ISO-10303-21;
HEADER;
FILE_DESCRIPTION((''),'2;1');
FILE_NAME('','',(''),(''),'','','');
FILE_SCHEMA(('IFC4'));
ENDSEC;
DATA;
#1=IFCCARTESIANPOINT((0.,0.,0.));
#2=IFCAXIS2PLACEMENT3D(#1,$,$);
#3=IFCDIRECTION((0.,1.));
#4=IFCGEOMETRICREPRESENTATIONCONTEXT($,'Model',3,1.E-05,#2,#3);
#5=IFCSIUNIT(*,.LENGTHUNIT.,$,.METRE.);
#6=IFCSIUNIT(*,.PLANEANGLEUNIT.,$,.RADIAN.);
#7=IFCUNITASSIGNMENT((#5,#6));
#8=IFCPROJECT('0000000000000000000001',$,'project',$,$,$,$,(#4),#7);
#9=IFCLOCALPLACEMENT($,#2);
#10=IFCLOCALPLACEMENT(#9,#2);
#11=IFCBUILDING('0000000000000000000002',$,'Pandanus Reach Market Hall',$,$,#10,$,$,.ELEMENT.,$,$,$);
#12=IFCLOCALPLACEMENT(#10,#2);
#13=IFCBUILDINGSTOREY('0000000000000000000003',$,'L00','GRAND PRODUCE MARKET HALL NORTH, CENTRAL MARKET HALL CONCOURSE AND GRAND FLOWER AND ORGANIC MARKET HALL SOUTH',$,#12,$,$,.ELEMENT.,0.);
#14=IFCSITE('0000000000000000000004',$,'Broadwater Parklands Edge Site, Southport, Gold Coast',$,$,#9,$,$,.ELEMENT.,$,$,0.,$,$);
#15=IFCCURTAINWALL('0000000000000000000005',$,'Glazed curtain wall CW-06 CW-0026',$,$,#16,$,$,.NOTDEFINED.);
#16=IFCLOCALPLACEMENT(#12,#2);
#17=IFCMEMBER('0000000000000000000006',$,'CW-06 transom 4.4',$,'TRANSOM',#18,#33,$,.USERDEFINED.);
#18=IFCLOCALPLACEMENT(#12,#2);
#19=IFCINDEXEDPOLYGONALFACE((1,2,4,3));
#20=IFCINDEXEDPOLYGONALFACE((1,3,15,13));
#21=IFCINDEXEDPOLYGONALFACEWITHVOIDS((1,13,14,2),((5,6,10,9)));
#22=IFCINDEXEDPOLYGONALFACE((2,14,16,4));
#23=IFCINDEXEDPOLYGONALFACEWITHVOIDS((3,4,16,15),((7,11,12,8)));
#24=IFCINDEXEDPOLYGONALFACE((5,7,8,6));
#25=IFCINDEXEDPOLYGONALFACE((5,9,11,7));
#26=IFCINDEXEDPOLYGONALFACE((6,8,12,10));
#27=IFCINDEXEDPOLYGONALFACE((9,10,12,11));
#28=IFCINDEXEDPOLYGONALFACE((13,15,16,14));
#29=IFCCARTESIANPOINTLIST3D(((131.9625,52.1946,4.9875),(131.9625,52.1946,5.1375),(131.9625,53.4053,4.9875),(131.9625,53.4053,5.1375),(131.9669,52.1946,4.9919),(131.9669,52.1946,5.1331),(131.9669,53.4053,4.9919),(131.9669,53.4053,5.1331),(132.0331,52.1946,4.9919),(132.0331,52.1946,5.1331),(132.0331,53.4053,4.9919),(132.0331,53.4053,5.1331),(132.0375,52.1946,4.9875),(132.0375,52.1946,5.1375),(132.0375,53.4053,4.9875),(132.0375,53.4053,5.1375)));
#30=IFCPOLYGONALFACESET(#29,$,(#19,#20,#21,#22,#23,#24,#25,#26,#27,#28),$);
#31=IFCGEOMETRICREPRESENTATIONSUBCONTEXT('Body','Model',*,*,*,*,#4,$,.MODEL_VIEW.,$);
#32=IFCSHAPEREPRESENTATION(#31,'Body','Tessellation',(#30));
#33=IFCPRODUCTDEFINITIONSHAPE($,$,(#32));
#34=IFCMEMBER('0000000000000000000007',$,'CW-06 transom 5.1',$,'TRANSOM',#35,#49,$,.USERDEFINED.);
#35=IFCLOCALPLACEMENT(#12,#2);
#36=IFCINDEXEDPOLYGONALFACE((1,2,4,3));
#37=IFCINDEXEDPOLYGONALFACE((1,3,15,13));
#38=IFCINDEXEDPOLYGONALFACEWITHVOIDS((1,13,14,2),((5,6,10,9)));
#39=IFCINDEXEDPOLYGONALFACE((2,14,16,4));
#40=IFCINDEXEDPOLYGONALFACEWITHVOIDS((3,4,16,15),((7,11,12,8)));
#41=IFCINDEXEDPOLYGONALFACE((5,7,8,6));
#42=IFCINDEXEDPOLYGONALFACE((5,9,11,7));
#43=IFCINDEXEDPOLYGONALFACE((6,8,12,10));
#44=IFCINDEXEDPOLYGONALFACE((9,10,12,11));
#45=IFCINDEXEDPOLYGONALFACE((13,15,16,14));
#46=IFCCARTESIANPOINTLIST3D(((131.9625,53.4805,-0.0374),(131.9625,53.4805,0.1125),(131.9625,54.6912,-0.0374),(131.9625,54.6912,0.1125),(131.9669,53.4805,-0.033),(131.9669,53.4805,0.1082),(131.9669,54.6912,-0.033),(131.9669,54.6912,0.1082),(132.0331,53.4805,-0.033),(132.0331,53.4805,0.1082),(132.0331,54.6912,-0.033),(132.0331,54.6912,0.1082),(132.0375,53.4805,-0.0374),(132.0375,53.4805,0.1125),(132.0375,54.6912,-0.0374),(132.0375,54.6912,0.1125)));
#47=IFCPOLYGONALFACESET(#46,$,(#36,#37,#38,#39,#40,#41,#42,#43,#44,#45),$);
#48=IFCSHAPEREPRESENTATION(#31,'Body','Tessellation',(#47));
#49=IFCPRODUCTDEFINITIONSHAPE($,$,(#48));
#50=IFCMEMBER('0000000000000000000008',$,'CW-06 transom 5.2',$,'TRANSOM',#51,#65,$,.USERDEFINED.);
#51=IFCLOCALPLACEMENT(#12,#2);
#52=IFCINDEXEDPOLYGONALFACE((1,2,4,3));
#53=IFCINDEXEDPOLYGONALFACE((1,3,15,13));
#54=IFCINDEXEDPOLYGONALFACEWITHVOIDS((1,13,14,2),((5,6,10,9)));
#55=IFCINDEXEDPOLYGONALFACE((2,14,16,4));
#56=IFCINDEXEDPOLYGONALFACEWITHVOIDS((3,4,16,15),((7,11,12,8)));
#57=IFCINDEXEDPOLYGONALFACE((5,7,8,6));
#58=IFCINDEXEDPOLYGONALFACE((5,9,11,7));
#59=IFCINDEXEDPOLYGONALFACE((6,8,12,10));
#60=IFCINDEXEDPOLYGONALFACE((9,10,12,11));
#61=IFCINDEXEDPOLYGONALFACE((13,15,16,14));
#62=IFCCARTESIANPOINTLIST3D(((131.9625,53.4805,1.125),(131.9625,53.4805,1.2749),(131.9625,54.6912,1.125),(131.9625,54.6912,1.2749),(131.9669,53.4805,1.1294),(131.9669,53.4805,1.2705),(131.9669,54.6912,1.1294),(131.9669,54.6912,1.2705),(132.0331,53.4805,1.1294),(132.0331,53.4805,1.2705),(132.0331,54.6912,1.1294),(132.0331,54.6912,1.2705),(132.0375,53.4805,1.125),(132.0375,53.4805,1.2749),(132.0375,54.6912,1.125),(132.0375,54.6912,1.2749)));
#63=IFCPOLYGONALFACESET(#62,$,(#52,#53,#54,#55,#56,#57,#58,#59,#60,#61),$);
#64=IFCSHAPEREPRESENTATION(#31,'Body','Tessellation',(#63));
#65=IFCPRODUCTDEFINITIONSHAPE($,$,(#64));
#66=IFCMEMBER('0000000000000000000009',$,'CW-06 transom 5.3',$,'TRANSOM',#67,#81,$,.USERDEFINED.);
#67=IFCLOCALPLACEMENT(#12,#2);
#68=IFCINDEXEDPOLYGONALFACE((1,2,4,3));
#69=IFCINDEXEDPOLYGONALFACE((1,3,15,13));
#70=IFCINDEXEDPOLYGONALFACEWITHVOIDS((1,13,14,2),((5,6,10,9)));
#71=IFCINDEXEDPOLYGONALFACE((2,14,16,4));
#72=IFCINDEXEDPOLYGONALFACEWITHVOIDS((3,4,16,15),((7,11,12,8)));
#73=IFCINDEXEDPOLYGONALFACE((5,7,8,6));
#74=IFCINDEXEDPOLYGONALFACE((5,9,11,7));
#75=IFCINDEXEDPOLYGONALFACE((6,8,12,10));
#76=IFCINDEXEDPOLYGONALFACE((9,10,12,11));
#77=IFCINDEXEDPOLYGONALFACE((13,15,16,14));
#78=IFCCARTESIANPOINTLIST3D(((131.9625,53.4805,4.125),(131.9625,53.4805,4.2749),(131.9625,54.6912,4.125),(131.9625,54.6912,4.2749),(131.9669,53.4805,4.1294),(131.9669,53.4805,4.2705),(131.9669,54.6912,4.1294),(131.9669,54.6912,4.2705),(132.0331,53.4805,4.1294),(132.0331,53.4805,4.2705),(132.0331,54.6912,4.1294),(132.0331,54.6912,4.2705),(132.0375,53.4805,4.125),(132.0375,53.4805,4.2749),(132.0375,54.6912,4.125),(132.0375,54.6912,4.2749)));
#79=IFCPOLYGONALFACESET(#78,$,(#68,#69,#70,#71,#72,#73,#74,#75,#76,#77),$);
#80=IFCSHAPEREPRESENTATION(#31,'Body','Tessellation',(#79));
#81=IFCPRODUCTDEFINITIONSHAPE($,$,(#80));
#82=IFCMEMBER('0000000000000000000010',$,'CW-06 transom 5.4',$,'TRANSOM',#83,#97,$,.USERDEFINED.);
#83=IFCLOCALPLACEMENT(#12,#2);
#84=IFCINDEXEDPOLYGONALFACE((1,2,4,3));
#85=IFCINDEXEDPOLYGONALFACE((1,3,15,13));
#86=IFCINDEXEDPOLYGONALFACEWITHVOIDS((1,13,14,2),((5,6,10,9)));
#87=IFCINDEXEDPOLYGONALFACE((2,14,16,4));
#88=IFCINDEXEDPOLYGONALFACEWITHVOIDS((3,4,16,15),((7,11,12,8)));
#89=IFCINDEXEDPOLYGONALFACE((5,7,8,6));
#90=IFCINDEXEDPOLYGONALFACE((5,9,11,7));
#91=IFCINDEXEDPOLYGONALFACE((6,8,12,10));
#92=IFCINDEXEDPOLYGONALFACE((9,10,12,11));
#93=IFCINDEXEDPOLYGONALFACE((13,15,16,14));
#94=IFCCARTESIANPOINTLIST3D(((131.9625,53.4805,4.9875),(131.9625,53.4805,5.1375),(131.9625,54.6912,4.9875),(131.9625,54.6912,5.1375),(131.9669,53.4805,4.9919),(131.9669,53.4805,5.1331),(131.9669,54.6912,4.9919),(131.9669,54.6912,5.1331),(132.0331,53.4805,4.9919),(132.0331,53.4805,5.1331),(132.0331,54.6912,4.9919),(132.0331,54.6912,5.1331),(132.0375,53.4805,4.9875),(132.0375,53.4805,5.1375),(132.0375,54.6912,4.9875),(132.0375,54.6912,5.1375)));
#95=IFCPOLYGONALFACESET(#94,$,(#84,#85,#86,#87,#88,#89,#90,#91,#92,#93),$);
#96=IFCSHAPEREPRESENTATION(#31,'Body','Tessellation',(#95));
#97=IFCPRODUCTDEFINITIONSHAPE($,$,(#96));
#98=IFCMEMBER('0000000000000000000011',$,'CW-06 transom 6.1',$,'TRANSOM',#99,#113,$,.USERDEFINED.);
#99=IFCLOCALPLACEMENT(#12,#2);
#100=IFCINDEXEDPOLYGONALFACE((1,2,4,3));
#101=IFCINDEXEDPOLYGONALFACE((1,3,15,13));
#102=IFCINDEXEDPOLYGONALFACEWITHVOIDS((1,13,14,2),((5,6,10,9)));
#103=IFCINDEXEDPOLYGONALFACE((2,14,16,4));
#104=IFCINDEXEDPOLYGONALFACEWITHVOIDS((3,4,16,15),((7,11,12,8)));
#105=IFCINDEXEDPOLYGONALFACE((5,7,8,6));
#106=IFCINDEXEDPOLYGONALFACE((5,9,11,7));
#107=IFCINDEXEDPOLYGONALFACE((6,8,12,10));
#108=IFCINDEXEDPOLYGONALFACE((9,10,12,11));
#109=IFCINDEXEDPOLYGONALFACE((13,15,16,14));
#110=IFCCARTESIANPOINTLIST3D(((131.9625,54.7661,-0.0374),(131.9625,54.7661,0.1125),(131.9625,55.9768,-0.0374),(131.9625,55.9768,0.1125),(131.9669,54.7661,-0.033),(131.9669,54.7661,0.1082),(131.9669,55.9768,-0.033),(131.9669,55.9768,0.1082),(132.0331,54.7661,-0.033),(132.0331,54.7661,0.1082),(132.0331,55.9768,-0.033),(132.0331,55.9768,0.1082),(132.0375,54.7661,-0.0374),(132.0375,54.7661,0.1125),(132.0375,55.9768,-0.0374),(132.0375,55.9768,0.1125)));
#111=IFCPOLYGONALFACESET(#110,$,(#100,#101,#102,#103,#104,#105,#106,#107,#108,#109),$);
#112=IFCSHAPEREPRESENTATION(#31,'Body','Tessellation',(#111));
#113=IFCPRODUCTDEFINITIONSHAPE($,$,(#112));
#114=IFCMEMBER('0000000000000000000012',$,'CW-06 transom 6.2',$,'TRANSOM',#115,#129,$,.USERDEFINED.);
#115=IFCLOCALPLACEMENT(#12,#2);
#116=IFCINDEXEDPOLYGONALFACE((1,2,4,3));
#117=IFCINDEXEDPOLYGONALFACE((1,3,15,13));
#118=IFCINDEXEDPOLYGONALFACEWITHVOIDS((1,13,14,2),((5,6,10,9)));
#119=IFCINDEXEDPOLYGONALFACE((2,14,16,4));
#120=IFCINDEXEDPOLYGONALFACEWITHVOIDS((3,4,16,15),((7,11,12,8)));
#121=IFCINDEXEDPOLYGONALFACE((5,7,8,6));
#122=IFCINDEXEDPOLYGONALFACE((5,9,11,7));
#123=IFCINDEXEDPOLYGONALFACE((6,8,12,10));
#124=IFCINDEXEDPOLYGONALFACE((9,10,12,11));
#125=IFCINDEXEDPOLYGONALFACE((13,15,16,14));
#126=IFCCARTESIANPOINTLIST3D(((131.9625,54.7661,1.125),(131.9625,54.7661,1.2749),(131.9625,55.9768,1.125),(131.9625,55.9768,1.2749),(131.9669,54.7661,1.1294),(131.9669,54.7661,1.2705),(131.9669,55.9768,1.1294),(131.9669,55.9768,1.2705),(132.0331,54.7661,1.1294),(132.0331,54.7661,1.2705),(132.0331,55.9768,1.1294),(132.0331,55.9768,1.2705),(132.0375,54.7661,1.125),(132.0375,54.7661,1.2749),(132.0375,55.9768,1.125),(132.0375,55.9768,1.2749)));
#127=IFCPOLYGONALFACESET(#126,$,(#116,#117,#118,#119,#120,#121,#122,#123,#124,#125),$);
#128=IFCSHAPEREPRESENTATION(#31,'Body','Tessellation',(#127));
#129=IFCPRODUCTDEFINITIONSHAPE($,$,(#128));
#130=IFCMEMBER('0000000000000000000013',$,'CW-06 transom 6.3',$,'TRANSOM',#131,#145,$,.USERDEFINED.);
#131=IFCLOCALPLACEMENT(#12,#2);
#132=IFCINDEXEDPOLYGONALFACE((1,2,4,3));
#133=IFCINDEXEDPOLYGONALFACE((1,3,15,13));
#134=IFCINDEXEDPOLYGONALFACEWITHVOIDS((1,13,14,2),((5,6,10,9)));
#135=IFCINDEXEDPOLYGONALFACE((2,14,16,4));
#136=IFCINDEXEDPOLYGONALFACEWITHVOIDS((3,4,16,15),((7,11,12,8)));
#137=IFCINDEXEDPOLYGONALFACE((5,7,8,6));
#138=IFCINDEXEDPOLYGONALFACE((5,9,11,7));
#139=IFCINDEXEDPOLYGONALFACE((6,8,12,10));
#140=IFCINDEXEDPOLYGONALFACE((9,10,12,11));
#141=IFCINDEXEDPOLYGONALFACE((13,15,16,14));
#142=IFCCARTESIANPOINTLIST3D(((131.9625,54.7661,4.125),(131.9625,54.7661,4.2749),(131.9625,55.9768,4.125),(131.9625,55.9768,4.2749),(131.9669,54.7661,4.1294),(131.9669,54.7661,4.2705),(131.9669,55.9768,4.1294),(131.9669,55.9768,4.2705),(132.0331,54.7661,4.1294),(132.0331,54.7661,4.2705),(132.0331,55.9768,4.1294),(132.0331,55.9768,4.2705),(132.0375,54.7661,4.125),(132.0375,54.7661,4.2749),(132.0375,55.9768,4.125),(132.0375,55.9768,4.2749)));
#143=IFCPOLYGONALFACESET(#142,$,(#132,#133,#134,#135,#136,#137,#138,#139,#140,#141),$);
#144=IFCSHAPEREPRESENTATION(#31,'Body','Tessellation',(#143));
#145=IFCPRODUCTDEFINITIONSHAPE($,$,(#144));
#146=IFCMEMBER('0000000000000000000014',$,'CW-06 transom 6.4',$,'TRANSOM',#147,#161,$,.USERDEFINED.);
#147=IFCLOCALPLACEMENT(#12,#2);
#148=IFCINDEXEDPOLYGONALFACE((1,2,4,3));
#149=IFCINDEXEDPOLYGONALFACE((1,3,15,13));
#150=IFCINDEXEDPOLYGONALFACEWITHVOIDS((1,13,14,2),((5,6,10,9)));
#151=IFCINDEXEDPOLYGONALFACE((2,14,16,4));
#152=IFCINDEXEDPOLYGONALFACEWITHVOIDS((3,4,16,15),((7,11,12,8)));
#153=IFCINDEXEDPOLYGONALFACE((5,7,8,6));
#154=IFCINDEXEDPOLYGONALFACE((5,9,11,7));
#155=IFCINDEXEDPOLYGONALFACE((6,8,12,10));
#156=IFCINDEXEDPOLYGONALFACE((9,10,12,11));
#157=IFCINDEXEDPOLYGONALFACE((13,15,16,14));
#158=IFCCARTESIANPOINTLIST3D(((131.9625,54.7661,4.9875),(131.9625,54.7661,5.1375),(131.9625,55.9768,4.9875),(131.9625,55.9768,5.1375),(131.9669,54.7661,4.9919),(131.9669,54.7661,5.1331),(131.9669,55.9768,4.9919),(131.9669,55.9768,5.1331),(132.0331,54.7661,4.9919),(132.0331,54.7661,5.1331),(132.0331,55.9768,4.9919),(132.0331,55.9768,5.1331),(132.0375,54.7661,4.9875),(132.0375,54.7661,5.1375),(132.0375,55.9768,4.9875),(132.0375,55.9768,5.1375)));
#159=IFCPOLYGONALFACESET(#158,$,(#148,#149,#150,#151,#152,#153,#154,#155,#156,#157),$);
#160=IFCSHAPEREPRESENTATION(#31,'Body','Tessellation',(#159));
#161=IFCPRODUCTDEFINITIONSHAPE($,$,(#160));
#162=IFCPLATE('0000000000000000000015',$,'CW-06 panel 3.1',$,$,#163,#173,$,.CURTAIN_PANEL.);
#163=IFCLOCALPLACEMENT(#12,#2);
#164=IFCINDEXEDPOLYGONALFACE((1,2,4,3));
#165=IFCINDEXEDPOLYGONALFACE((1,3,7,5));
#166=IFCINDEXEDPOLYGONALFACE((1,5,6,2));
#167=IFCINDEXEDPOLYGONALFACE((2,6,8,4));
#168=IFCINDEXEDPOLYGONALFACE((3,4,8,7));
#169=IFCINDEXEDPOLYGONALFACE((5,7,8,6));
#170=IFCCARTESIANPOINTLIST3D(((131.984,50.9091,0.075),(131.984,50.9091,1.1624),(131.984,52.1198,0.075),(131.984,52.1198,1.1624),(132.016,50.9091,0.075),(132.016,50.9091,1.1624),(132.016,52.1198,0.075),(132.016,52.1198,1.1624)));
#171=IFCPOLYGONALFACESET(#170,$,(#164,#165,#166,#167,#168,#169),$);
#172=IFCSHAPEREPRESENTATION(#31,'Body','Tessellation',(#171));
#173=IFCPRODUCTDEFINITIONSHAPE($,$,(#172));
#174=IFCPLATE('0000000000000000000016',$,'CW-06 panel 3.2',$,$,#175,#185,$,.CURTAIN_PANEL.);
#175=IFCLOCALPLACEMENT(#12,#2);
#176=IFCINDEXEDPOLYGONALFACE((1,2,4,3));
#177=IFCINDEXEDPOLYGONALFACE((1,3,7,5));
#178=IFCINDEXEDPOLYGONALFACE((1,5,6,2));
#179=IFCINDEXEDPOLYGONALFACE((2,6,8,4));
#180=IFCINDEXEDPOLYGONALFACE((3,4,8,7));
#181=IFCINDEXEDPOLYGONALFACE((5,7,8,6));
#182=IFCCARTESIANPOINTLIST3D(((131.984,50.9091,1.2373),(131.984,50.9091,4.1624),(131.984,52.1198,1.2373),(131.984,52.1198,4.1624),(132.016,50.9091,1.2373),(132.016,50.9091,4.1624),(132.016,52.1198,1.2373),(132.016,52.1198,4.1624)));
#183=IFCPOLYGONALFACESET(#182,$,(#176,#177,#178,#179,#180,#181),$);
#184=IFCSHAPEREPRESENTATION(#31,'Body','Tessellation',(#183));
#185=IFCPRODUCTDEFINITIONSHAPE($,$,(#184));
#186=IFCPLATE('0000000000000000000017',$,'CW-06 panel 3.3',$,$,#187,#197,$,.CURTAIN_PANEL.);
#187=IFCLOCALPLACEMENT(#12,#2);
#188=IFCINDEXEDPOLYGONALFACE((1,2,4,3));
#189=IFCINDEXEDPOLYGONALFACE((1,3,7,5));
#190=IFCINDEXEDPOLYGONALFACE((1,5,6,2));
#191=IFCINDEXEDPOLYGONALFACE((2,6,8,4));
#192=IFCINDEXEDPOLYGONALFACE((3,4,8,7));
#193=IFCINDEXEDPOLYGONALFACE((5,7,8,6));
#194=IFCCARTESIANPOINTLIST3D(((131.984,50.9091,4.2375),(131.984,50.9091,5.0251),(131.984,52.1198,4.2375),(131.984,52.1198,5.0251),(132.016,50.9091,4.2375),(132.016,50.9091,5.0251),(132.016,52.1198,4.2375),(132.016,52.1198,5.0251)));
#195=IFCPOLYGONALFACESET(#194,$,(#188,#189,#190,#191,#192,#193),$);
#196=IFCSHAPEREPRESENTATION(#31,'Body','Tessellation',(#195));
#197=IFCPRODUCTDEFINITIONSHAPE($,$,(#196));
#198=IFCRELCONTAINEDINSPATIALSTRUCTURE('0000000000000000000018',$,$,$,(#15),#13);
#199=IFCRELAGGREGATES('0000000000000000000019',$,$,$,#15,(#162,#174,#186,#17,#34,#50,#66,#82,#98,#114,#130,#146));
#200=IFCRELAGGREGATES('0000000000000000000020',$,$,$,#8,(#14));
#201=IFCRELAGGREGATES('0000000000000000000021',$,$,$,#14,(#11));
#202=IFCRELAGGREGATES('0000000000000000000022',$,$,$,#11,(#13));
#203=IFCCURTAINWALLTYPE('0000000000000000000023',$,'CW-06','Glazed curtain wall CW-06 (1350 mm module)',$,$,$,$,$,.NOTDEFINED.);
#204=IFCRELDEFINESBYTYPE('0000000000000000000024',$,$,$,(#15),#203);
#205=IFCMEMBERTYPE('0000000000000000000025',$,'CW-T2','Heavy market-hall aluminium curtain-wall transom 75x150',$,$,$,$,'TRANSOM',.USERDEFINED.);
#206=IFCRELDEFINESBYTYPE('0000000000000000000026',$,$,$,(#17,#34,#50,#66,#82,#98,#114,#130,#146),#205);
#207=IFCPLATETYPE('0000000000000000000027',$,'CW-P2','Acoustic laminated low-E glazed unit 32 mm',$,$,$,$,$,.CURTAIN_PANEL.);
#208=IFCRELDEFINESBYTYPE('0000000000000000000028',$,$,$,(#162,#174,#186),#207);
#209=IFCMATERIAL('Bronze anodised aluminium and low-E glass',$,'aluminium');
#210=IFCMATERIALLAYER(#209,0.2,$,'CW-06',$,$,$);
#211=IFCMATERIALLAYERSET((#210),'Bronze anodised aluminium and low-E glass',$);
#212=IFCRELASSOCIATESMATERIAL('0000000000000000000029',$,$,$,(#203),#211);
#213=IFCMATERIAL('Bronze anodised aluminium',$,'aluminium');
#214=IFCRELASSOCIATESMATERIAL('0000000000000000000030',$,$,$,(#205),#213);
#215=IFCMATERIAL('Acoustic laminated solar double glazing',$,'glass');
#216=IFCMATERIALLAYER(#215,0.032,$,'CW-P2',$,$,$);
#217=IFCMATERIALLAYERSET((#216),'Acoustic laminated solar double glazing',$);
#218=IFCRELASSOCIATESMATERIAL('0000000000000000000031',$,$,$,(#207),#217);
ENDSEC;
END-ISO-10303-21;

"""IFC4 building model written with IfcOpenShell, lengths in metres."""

from ifc_helpers import new_model, si_unit, direction, frame, origin, origin_2d, place, context, subcontext, project, spatial, rectangle, hollow_rectangle, extrude, material, layer, layer_set, material_profile, profile_set, type_object, element, aggregate, save


model = new_model("IFC4")

# Units and contexts
model_context = context("Model", 3, precision=1e-05, world=origin(), true_north=direction((0.0, 1.0)))
body_context = subcontext(model_context, "Body", "Model", "MODEL_VIEW")
ifc_project = project(units=[si_unit("LENGTHUNIT", "METRE"), si_unit("PLANEANGLEUNIT", "RADIAN")], contexts=[model_context])

# Site, building, storey
site_placement = place(None, origin())
site = spatial("IfcSite", under=ifc_project, at=site_placement, Name="Broadwater Parklands Edge Site, Southport, Gold Coast", CompositionType="ELEMENT", RefElevation=0.0)
building_placement = place(site_placement, origin())
building = spatial("IfcBuilding", under=site, at=building_placement, Name="Pandanus Reach Market Hall", CompositionType="ELEMENT")
storey_placement = place(building_placement, origin())
storey = spatial("IfcBuildingStorey", under=building, at=storey_placement, Name="L00", Description="GRAND PRODUCE MARKET HALL NORTH, CENTRAL MARKET HALL CONCOURSE AND GRAND FLOWER AND ORGANIC MARKET HALL SOUTH", CompositionType="ELEMENT", Elevation=0.0)

# Curtain wall, members, plates
ifc_material_1 = material(Name="Bronze anodised aluminium and low-E glass", Category="aluminium")
ifc_layer_1 = layer(ifc_material_1, 0.2, Name="CW-06")
ifc_layer_set_1 = layer_set([ifc_layer_1], Name="Bronze anodised aluminium and low-E glass")
curtain_wall_type = type_object("IfcCurtainWallType", Name="CW-06", Description="Glazed curtain wall CW-06 (1350 mm module)", PredefinedType="NOTDEFINED", material=ifc_layer_set_1)
curtain_wall_placement = place(storey_placement, origin())
curtain_wall = element("IfcCurtainWall", 1, at=curtain_wall_placement, inside=storey, type_object=curtain_wall_type, Name="Glazed curtain wall CW-06 CW-0026", PredefinedType="NOTDEFINED")
ifc_material_2 = material(Name="Bronze anodised aluminium", Category="aluminium")
ifc_material_profile_1 = material_profile(ifc_material_2, hollow_rectangle(XDim=0.075, YDim=0.1499, WallThickness=0.0044, at=origin_2d()), Name="ALU75x150", Category="LoadBearing")
ifc_profile_set_1 = profile_set([ifc_material_profile_1], Name="Bronze anodised aluminium")
member_type_1 = type_object("IfcMemberType", Name="CW-T2", Description="Heavy market-hall aluminium curtain-wall transom 75x150", ElementType="TRANSOM", PredefinedType="USERDEFINED", material=ifc_profile_set_1)
member_1_placement = place(storey_placement, frame((132.0, 52.1946, 5.0625), z_axis=(0.0, 1.0, 0.0), x_axis=(-1.0, 0.0, 0.0)))
member_1 = element("IfcMember", 2, at=member_1_placement, type_object=member_type_1, Name="CW-06 transom 4.4", ObjectType="TRANSOM", PredefinedType="USERDEFINED", context=body_context, shape_type="SweptSolid", body=[
    extrude(hollow_rectangle(XDim=0.075, YDim=0.1499, WallThickness=0.0044, at=origin_2d()), origin(), (0.0, 0.0, 1.0), 1.2107),
])
member_2_placement = place(storey_placement, frame((132.0, 53.4805, 0.0376), z_axis=(0.0, 1.0, 0.0), x_axis=(-1.0, 0.0, 0.0)))
member_2 = element("IfcMember", 3, at=member_2_placement, type_object=member_type_1, Name="CW-06 transom 5.1", ObjectType="TRANSOM", PredefinedType="USERDEFINED", context=body_context, shape_type="SweptSolid", body=[
    extrude(hollow_rectangle(XDim=0.075, YDim=0.1499, WallThickness=0.0044, at=origin_2d()), origin(), (0.0, 0.0, 1.0), 1.2107),
])
member_3_placement = place(storey_placement, frame((132.0, 53.4805, 1.2), z_axis=(0.0, 1.0, 0.0), x_axis=(-1.0, 0.0, 0.0)))
member_3 = element("IfcMember", 4, at=member_3_placement, type_object=member_type_1, Name="CW-06 transom 5.2", ObjectType="TRANSOM", PredefinedType="USERDEFINED", context=body_context, shape_type="SweptSolid", body=[
    extrude(hollow_rectangle(XDim=0.075, YDim=0.1499, WallThickness=0.0044, at=origin_2d()), origin(), (0.0, 0.0, 1.0), 1.2107),
])
member_4_placement = place(storey_placement, frame((132.0, 53.4805, 4.2), z_axis=(0.0, 1.0, 0.0), x_axis=(-1.0, 0.0, 0.0)))
member_4 = element("IfcMember", 5, at=member_4_placement, type_object=member_type_1, Name="CW-06 transom 5.3", ObjectType="TRANSOM", PredefinedType="USERDEFINED", context=body_context, shape_type="SweptSolid", body=[
    extrude(hollow_rectangle(XDim=0.075, YDim=0.1499, WallThickness=0.0044, at=origin_2d()), origin(), (0.0, 0.0, 1.0), 1.2107),
])
member_5_placement = place(storey_placement, frame((132.0, 53.4805, 5.0625), z_axis=(0.0, 1.0, 0.0), x_axis=(-1.0, 0.0, 0.0)))
member_5 = element("IfcMember", 6, at=member_5_placement, type_object=member_type_1, Name="CW-06 transom 5.4", ObjectType="TRANSOM", PredefinedType="USERDEFINED", context=body_context, shape_type="SweptSolid", body=[
    extrude(hollow_rectangle(XDim=0.075, YDim=0.1499, WallThickness=0.0044, at=origin_2d()), origin(), (0.0, 0.0, 1.0), 1.2107),
])
member_6_placement = place(storey_placement, frame((132.0, 54.7661, 0.0376), z_axis=(0.0, 1.0, 0.0), x_axis=(-1.0, 0.0, 0.0)))
member_6 = element("IfcMember", 7, at=member_6_placement, type_object=member_type_1, Name="CW-06 transom 6.1", ObjectType="TRANSOM", PredefinedType="USERDEFINED", context=body_context, shape_type="SweptSolid", body=[
    extrude(hollow_rectangle(XDim=0.075, YDim=0.1499, WallThickness=0.0044, at=origin_2d()), origin(), (0.0, 0.0, 1.0), 1.2107),
])
member_7_placement = place(storey_placement, frame((132.0, 54.7661, 1.2), z_axis=(0.0, 1.0, 0.0), x_axis=(-1.0, 0.0, 0.0)))
member_7 = element("IfcMember", 8, at=member_7_placement, type_object=member_type_1, Name="CW-06 transom 6.2", ObjectType="TRANSOM", PredefinedType="USERDEFINED", context=body_context, shape_type="SweptSolid", body=[
    extrude(hollow_rectangle(XDim=0.075, YDim=0.1499, WallThickness=0.0044, at=origin_2d()), origin(), (0.0, 0.0, 1.0), 1.2107),
])
member_8_placement = place(storey_placement, frame((132.0, 54.7661, 4.2), z_axis=(0.0, 1.0, 0.0), x_axis=(-1.0, 0.0, 0.0)))
member_8 = element("IfcMember", 9, at=member_8_placement, type_object=member_type_1, Name="CW-06 transom 6.3", ObjectType="TRANSOM", PredefinedType="USERDEFINED", context=body_context, shape_type="SweptSolid", body=[
    extrude(hollow_rectangle(XDim=0.075, YDim=0.1499, WallThickness=0.0044, at=origin_2d()), origin(), (0.0, 0.0, 1.0), 1.2107),
])
member_9_placement = place(storey_placement, frame((132.0, 54.7661, 5.0625), z_axis=(0.0, 1.0, 0.0), x_axis=(-1.0, 0.0, 0.0)))
member_9 = element("IfcMember", 10, at=member_9_placement, type_object=member_type_1, Name="CW-06 transom 6.4", ObjectType="TRANSOM", PredefinedType="USERDEFINED", context=body_context, shape_type="SweptSolid", body=[
    extrude(hollow_rectangle(XDim=0.075, YDim=0.1499, WallThickness=0.0044, at=origin_2d()), origin(), (0.0, 0.0, 1.0), 1.2107),
])
ifc_material_3 = material(Name="Acoustic laminated solar double glazing", Category="glass")
ifc_layer_2 = layer(ifc_material_3, 0.032, Name="CW-P2")
ifc_layer_set_2 = layer_set([ifc_layer_2], Name="Acoustic laminated solar double glazing")
plate_type = type_object("IfcPlateType", Name="CW-P2", Description="Acoustic laminated low-E glazed unit 32 mm", PredefinedType="CURTAIN_PANEL", material=ifc_layer_set_2)
plate_1_placement = place(storey_placement, frame((132.0, 51.5144, 0.075), z_axis=(0.0, 0.0, 1.0), x_axis=(0.0, 1.0, 0.0)))
plate_1 = element("IfcPlate", 11, at=plate_1_placement, type_object=plate_type, Name="CW-06 panel 3.1", PredefinedType="CURTAIN_PANEL", context=body_context, shape_type="SweptSolid", body=[
    extrude(rectangle(XDim=1.2107, YDim=0.032, at=origin_2d()), origin(), (0.0, 0.0, 1.0), 1.0874),
])
plate_2_placement = place(storey_placement, frame((132.0, 51.5144, 1.2373), z_axis=(0.0, 0.0, 1.0), x_axis=(0.0, 1.0, 0.0)))
plate_2 = element("IfcPlate", 12, at=plate_2_placement, type_object=plate_type, Name="CW-06 panel 3.2", PredefinedType="CURTAIN_PANEL", context=body_context, shape_type="SweptSolid", body=[
    extrude(rectangle(XDim=1.2107, YDim=0.032, at=origin_2d()), origin(), (0.0, 0.0, 1.0), 2.925),
])
plate_3_placement = place(storey_placement, frame((132.0, 51.5144, 4.2375), z_axis=(0.0, 0.0, 1.0), x_axis=(0.0, 1.0, 0.0)))
plate_3 = element("IfcPlate", 13, at=plate_3_placement, type_object=plate_type, Name="CW-06 panel 3.3", PredefinedType="CURTAIN_PANEL", context=body_context, shape_type="SweptSolid", body=[
    extrude(rectangle(XDim=1.2107, YDim=0.032, at=origin_2d()), origin(), (0.0, 0.0, 1.0), 0.7876),
])
aggregate(curtain_wall, [plate_1, plate_2, plate_3, member_1, member_2, member_3, member_4, member_5, member_6, member_7, member_8, member_9])

save(model, "model.ifc")
